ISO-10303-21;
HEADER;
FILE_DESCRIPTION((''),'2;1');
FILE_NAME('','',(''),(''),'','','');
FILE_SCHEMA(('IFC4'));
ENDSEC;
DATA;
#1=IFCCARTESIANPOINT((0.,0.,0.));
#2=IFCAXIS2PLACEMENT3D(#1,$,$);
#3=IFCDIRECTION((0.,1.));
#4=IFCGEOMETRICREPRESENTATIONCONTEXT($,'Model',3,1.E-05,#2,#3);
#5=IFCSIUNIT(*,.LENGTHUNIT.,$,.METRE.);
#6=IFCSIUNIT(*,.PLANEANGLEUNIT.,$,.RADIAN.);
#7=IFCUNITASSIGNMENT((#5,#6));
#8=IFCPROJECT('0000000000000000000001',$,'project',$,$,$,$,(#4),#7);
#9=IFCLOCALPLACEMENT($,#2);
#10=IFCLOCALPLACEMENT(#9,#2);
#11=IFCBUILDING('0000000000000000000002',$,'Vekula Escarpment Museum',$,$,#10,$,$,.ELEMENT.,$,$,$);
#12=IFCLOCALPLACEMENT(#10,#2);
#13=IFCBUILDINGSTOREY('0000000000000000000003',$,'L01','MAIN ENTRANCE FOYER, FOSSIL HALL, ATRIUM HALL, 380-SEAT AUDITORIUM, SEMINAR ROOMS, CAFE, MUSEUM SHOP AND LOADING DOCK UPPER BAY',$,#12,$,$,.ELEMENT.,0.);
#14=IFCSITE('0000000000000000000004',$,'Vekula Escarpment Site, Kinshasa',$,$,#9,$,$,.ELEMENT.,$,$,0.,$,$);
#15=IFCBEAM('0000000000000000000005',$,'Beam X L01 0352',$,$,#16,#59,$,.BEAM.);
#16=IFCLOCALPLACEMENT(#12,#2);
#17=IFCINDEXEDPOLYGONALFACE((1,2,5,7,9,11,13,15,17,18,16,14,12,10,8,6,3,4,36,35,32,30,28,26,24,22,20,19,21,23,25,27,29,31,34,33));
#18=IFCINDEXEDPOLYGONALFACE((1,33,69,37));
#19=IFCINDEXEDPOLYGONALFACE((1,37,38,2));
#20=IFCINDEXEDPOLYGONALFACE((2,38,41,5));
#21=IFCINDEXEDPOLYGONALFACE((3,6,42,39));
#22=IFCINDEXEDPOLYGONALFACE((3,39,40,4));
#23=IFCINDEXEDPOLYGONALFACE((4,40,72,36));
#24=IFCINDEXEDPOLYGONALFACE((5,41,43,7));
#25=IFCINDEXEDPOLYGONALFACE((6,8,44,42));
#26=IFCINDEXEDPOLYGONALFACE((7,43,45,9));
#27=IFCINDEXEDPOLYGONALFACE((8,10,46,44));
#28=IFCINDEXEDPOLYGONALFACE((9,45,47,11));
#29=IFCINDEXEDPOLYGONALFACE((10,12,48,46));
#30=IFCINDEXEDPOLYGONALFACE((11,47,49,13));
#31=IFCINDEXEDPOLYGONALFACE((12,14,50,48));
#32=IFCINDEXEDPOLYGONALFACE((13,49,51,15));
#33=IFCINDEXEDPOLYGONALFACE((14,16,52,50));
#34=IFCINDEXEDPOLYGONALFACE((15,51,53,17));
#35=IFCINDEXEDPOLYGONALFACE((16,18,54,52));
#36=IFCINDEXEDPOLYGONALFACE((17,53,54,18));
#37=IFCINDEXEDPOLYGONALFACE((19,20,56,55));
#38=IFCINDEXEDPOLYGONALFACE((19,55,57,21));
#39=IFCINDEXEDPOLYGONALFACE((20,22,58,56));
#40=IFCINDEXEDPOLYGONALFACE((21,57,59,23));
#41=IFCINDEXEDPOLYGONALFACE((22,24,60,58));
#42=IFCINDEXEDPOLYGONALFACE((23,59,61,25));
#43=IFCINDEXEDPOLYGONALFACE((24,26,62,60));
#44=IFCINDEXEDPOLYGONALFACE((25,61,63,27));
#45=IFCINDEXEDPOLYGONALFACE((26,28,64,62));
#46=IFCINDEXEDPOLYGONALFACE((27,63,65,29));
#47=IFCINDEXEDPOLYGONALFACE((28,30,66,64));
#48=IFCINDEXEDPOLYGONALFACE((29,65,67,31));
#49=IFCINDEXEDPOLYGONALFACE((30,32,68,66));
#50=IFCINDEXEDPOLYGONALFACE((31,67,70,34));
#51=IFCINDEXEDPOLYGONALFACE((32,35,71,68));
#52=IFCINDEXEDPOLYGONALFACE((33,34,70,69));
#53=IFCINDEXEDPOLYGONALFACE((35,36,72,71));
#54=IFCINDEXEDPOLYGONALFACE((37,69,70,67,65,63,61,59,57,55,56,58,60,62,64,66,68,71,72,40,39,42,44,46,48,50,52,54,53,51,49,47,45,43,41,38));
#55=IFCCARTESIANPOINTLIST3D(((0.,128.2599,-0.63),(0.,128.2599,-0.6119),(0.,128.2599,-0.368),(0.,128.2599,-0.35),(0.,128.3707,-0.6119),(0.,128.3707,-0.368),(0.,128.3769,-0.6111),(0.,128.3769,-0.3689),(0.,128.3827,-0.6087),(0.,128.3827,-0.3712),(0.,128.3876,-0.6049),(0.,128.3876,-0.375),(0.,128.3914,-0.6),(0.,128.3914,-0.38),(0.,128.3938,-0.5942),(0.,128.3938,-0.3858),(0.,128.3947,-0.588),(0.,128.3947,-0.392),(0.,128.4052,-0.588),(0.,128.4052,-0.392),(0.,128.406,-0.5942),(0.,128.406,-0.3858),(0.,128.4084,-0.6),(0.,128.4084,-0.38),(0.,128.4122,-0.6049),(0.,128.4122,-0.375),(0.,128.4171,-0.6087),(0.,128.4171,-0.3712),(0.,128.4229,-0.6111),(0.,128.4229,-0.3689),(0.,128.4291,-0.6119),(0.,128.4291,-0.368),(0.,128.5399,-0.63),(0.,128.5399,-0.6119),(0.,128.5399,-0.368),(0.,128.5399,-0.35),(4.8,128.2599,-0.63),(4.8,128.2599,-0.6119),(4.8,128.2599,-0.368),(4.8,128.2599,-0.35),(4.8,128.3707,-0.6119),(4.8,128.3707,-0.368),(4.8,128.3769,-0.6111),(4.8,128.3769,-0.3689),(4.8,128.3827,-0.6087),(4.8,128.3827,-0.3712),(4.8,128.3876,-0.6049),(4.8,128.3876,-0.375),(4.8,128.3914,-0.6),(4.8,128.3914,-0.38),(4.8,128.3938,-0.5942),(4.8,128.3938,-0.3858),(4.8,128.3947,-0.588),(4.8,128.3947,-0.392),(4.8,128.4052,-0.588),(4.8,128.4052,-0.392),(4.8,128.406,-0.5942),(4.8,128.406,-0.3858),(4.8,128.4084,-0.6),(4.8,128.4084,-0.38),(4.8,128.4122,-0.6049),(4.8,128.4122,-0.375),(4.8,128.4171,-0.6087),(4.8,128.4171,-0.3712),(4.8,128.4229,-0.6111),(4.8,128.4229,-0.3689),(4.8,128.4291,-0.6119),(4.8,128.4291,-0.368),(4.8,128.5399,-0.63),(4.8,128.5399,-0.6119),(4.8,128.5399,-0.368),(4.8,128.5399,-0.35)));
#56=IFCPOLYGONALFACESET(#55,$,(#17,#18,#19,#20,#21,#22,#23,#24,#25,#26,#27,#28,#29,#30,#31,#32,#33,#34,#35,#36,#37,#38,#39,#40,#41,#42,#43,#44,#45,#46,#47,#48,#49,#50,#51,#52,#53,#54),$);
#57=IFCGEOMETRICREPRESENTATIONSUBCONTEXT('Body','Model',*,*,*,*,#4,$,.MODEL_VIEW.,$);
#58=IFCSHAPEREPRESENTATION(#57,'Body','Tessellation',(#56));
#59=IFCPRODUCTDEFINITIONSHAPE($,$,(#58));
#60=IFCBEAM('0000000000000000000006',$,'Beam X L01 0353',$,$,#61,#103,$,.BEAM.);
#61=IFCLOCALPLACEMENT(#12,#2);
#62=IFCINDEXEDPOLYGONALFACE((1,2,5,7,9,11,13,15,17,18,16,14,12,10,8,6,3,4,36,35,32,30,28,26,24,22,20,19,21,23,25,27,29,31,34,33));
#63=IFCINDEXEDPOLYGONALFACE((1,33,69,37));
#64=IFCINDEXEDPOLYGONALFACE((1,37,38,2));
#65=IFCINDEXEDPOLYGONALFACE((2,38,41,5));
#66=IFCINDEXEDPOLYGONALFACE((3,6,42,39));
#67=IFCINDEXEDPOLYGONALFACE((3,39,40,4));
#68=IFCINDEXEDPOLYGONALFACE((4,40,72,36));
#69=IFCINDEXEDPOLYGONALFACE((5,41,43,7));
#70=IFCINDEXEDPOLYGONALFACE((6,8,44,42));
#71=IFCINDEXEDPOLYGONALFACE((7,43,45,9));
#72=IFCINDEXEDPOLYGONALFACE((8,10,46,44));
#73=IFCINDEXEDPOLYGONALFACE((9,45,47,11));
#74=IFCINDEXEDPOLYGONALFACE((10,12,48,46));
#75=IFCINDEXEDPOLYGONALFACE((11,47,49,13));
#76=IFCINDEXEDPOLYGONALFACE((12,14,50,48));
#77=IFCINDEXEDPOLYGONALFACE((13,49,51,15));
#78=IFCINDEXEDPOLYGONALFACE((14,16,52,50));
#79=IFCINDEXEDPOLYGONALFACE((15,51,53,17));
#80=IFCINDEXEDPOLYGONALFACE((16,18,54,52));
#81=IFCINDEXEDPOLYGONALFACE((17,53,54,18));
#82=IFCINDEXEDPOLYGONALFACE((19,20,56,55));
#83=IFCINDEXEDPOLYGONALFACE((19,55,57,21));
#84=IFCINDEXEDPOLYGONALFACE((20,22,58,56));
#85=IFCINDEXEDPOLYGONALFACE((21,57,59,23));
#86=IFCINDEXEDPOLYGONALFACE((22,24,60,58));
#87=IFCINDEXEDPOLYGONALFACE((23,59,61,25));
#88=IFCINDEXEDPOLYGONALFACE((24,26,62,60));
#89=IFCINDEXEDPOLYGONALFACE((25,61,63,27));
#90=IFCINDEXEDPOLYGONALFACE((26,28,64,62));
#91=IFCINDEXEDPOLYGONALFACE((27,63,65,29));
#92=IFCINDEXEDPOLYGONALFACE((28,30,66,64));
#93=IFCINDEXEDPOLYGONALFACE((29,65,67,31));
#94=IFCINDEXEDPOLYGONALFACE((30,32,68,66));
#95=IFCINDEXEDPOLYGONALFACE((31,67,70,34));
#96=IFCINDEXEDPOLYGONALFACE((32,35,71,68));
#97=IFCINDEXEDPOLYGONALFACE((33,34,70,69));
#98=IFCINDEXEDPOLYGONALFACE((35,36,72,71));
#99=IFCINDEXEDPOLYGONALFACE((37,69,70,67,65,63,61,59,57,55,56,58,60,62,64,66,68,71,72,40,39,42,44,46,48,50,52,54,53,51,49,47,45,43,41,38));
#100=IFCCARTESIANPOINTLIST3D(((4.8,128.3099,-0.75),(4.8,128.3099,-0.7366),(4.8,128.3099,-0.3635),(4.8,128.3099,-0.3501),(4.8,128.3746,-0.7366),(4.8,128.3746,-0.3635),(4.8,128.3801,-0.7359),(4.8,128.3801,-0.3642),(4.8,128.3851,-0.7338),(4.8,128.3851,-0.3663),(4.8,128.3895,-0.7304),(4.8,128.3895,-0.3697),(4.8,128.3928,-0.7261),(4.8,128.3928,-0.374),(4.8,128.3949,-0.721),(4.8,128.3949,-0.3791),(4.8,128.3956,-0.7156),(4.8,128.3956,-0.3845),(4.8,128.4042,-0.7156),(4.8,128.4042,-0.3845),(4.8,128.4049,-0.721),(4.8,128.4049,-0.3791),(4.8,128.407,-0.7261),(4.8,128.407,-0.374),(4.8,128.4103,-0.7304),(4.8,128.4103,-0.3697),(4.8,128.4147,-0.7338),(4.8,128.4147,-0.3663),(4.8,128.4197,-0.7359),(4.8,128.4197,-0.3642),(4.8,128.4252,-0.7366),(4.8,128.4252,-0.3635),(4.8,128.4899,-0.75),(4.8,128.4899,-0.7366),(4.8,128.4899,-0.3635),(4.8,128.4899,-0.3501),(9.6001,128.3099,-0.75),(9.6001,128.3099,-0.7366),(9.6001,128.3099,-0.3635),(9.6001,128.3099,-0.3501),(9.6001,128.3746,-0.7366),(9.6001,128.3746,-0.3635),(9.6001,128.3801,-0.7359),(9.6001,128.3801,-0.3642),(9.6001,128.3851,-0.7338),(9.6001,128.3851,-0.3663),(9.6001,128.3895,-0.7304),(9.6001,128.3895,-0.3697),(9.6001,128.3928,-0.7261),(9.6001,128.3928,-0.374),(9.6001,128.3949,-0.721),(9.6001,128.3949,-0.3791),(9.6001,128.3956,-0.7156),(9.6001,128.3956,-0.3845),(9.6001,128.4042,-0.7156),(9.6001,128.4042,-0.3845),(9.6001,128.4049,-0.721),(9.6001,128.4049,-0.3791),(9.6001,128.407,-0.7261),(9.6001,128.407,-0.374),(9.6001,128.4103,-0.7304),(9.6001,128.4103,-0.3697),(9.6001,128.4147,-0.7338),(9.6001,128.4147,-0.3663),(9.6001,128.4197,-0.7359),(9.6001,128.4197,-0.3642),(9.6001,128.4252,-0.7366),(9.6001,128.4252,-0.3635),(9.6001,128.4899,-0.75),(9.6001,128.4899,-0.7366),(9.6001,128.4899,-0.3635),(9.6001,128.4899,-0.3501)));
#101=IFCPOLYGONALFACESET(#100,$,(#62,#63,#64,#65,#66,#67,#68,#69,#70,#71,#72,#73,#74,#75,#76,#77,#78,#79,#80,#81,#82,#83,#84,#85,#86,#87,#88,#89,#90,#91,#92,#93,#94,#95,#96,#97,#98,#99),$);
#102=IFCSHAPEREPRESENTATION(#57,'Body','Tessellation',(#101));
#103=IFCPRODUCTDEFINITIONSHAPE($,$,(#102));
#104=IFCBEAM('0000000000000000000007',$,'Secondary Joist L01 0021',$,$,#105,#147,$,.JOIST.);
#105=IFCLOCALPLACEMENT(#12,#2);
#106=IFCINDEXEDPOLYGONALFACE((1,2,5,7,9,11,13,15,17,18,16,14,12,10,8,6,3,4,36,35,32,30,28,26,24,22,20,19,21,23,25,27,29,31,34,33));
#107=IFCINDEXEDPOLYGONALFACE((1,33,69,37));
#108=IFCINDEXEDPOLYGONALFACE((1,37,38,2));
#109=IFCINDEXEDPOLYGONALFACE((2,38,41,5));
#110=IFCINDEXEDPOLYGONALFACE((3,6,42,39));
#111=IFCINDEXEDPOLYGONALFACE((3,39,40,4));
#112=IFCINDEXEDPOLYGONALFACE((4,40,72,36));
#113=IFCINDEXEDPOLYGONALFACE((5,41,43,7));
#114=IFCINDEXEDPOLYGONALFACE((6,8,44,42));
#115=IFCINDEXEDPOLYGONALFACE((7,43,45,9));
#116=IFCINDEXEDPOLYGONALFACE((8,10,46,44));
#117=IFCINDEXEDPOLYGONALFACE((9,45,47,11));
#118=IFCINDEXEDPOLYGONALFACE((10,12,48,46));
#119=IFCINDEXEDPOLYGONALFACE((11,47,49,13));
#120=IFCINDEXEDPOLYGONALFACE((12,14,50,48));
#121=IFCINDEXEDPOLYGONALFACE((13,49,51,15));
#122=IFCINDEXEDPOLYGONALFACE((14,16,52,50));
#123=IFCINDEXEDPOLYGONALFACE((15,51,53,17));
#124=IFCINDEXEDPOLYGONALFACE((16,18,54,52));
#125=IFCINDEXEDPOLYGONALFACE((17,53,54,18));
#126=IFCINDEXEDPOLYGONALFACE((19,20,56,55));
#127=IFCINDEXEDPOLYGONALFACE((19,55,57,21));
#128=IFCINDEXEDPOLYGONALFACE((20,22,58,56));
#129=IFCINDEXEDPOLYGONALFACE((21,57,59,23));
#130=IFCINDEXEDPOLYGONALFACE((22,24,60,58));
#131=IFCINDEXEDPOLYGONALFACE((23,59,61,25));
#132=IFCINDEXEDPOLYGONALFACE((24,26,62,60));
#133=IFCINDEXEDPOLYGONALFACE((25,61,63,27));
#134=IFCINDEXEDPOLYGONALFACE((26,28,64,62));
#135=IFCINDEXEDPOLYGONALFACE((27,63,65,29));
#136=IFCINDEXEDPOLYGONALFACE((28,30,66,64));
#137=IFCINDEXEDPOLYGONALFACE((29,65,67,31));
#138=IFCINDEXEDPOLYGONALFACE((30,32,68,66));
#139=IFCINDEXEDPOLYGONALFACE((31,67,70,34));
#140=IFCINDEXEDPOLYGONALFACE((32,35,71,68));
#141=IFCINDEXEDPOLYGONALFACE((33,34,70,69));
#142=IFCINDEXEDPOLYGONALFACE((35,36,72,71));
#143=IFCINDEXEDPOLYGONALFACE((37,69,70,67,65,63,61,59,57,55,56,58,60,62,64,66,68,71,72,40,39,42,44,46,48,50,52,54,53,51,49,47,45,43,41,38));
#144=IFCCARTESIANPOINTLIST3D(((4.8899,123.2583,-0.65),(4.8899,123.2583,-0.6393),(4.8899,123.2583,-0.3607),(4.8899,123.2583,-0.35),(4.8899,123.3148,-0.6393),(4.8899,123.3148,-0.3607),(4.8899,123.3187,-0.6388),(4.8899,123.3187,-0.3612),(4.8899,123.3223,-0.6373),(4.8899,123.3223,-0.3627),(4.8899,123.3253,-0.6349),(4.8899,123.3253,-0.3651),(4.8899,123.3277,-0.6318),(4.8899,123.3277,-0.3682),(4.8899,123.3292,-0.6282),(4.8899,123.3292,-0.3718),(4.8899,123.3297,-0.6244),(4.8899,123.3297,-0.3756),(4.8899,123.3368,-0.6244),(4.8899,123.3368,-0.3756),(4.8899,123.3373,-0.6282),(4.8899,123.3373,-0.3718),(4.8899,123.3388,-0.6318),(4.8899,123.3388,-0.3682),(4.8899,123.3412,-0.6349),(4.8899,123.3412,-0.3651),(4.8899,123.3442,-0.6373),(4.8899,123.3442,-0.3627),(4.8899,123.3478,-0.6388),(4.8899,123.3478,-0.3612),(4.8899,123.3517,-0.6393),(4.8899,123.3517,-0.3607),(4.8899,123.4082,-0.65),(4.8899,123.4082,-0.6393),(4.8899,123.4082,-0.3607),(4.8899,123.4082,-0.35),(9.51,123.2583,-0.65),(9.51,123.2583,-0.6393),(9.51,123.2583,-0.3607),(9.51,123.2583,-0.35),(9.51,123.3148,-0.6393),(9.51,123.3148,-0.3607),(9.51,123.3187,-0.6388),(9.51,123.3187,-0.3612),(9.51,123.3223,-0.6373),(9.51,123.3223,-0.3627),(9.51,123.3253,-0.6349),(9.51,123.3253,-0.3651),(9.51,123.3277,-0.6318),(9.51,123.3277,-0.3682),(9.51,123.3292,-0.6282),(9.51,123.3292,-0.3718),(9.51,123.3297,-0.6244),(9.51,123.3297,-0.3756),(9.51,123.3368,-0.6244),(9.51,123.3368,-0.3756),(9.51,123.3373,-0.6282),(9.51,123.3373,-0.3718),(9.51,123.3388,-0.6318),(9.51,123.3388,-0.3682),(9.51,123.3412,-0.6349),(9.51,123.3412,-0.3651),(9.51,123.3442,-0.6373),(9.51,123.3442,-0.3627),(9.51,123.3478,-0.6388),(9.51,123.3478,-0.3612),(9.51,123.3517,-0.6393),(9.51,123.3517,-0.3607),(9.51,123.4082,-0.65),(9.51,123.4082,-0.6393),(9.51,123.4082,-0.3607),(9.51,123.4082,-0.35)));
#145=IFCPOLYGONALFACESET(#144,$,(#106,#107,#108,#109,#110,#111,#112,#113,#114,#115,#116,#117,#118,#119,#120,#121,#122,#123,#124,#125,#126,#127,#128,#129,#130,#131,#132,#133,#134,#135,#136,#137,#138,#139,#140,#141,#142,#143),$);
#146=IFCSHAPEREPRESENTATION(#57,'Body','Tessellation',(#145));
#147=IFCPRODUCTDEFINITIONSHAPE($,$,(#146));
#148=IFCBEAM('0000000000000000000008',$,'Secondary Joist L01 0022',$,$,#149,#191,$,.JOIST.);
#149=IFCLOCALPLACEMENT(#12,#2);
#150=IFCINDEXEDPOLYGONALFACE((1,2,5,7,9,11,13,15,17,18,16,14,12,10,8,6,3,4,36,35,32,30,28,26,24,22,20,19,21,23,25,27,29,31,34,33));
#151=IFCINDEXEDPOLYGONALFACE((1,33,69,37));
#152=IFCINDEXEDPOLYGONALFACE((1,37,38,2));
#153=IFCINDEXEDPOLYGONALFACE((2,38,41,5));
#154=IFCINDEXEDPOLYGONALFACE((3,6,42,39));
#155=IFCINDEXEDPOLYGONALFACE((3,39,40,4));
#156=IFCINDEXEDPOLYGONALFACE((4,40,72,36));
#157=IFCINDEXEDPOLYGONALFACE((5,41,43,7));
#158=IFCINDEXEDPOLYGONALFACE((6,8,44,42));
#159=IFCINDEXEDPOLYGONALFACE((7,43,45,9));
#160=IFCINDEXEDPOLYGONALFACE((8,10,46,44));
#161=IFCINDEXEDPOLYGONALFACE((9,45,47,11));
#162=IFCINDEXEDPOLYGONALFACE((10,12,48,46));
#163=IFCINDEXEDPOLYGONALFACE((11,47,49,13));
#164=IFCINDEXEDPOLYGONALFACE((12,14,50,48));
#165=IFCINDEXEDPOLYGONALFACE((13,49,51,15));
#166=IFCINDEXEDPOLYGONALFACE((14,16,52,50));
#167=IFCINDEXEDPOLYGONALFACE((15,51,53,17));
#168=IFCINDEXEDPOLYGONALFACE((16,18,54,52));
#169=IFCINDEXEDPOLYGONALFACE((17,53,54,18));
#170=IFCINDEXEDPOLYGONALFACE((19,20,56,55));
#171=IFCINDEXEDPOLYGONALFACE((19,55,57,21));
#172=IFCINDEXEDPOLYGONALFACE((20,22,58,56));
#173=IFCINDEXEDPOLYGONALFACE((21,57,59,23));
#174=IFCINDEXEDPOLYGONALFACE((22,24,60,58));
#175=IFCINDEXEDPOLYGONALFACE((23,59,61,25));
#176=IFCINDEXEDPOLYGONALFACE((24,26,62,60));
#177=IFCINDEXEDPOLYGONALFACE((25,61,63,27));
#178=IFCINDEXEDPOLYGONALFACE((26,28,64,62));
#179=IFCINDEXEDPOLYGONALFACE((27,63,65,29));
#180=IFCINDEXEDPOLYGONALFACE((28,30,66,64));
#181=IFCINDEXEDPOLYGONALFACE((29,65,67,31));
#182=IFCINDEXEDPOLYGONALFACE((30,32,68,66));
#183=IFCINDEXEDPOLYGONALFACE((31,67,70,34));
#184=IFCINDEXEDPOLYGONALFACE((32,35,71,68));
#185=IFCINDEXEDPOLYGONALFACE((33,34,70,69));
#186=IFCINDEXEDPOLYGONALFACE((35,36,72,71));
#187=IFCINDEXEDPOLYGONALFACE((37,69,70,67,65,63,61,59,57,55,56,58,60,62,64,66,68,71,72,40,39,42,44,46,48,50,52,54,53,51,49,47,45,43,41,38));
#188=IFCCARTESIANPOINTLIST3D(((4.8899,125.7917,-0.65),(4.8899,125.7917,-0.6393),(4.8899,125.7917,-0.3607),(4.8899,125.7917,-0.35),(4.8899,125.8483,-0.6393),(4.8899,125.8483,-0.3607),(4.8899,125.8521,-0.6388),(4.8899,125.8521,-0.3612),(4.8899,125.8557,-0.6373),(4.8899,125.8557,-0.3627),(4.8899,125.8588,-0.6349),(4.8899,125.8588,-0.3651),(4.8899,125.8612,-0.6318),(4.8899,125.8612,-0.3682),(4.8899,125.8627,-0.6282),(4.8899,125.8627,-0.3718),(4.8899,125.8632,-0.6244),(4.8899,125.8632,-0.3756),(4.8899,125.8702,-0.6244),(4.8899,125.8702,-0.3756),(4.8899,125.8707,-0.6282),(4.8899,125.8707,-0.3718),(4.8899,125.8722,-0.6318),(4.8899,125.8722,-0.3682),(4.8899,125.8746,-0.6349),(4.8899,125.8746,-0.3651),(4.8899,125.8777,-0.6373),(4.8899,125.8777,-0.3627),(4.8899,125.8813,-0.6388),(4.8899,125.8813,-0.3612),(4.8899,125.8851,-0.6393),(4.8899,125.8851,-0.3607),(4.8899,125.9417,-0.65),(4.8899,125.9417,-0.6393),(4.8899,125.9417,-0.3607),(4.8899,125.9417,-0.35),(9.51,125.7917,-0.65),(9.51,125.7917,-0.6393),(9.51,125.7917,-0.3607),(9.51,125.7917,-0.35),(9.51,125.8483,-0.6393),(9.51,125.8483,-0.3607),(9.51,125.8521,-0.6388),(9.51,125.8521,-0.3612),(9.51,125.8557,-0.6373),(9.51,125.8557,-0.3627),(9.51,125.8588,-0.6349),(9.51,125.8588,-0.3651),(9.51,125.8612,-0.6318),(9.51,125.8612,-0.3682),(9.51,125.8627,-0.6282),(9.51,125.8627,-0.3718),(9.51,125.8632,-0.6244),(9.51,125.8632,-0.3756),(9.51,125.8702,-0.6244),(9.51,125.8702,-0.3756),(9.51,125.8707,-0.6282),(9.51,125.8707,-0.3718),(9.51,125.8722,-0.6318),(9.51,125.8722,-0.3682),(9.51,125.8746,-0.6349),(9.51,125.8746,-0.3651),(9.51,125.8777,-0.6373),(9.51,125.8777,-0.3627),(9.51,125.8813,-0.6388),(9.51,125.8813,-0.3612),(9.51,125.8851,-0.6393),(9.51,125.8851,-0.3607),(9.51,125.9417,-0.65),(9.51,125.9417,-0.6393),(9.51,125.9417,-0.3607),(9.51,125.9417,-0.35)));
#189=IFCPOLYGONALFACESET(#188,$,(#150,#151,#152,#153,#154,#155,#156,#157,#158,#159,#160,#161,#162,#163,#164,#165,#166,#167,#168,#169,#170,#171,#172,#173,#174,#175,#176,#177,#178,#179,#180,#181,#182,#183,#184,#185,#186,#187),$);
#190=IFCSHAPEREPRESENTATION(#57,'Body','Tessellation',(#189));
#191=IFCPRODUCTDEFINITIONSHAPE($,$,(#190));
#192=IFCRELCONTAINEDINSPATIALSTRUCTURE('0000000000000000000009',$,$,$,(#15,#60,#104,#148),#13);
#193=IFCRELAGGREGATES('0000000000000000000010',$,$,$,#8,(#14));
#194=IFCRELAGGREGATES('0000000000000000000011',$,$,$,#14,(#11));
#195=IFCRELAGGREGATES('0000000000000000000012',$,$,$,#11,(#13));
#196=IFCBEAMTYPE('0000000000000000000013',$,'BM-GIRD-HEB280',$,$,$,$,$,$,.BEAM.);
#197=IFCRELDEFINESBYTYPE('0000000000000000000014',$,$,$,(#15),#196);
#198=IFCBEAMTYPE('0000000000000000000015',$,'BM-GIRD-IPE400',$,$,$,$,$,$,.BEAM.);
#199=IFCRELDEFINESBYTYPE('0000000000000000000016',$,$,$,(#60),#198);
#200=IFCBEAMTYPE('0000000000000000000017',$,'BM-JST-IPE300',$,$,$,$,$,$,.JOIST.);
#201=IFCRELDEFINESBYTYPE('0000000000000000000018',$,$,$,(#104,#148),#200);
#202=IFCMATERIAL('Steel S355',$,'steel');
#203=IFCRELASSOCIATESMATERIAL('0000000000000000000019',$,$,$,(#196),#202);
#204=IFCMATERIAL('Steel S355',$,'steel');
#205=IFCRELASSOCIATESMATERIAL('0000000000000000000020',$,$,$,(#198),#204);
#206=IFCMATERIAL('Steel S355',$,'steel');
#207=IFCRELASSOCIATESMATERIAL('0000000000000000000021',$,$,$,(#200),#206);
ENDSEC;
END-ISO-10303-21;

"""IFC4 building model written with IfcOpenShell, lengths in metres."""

from ifc_helpers import new_model, si_unit, direction, frame, origin, origin_2d, place, context, subcontext, project, spatial, i_section, extrude, material, material_profile, profile_set, type_object, element, save


model = new_model("IFC4")

# Units and contexts
model_context = context("Model", 3, precision=1e-05, world=origin(), true_north=direction((0.0, 1.0)))
body_context = subcontext(model_context, "Body", "Model", "MODEL_VIEW")
ifc_project = project(units=[si_unit("LENGTHUNIT", "METRE"), si_unit("PLANEANGLEUNIT", "RADIAN")], contexts=[model_context])

# Site, building, storey
site_placement = place(None, origin())
site = spatial("IfcSite", under=ifc_project, at=site_placement, Name="Vekula Escarpment Site, Kinshasa", CompositionType="ELEMENT", RefElevation=0.0)
building_placement = place(site_placement, origin())
building = spatial("IfcBuilding", under=site, at=building_placement, Name="Vekula Escarpment Museum", CompositionType="ELEMENT")
storey_placement = place(building_placement, origin())
storey = spatial("IfcBuildingStorey", under=building, at=storey_placement, Name="L01", Description="MAIN ENTRANCE FOYER, FOSSIL HALL, ATRIUM HALL, 380-SEAT AUDITORIUM, SEMINAR ROOMS, CAFE, MUSEUM SHOP AND LOADING DOCK UPPER BAY", CompositionType="ELEMENT", Elevation=0.0)

# Beams
ifc_material_1 = material(Name="Steel S355", Category="steel")
ifc_material_profile_1 = material_profile(ifc_material_1, i_section(OverallWidth=0.28, OverallDepth=0.28, WebThickness=0.0105, FlangeThickness=0.0181, FilletRadius=0.0239, at=origin_2d()), Name="HEB 280")
ifc_profile_set_1 = profile_set([ifc_material_profile_1], Name="Steel S355")
beam_type_1 = type_object("IfcBeamType", Name="BM-GIRD-HEB280", PredefinedType="BEAM", material=ifc_profile_set_1)
beam_1_placement = place(storey_placement, frame((0.0, 128.3999, -0.49), z_axis=(1.0, 0.0, 0.0), x_axis=(0.0, 1.0, 0.0)))
element("IfcBeam", 1, at=beam_1_placement, inside=storey, type_object=beam_type_1, Name="Beam X L01 0352", PredefinedType="BEAM", context=body_context, shape_type="SweptSolid", body=[
    extrude(i_section(OverallWidth=0.28, OverallDepth=0.28, WebThickness=0.0105, FlangeThickness=0.0181, FilletRadius=0.0239, at=origin_2d()), origin(), (0.0, 0.0, 1.0), 4.8),
])
ifc_material_2 = material(Name="Steel S355", Category="steel")
ifc_material_profile_2 = material_profile(ifc_material_2, i_section(OverallWidth=0.1799, OverallDepth=0.3999, WebThickness=0.0085, FlangeThickness=0.0134, FilletRadius=0.021, at=origin_2d()), Name="IPE 400")
ifc_profile_set_2 = profile_set([ifc_material_profile_2], Name="Steel S355")
beam_type_2 = type_object("IfcBeamType", Name="BM-GIRD-IPE400", PredefinedType="BEAM", material=ifc_profile_set_2)
beam_2_placement = place(storey_placement, frame((4.8, 128.3999, -0.55), z_axis=(1.0, 0.0, 0.0), x_axis=(0.0, 1.0, 0.0)))
element("IfcBeam", 2, at=beam_2_placement, inside=storey, type_object=beam_type_2, Name="Beam X L01 0353", PredefinedType="BEAM", context=body_context, shape_type="SweptSolid", body=[
    extrude(i_section(OverallWidth=0.1799, OverallDepth=0.3999, WebThickness=0.0085, FlangeThickness=0.0134, FilletRadius=0.021, at=origin_2d()), origin(), (0.0, 0.0, 1.0), 4.8),
])
ifc_material_3 = material(Name="Steel S355", Category="steel")
ifc_material_profile_3 = material_profile(ifc_material_3, i_section(OverallWidth=0.1499, OverallDepth=0.3, WebThickness=0.0071, FlangeThickness=0.0107, FilletRadius=0.0149, at=origin_2d()), Name="IPE 300")
ifc_profile_set_3 = profile_set([ifc_material_profile_3], Name="Steel S355")
beam_type_3 = type_object("IfcBeamType", Name="BM-JST-IPE300", PredefinedType="JOIST", material=ifc_profile_set_3)
for number, where, z_axis, x_axis, name in (
    (3, (4.8899, 123.3333, -0.5), (1.0, 0.0, 0.0), (0.0, 1.0, 0.0), "Secondary Joist L01 0021"),
    (4, (4.8899, 125.8667, -0.5), (1.0, 0.0, 0.0), (0.0, 1.0, 0.0), "Secondary Joist L01 0022"),
):
    element("IfcBeam", number, at=place(storey_placement, frame(where, z_axis=z_axis, x_axis=x_axis)), inside=storey, type_object=beam_type_3, Name=name, PredefinedType="JOIST", context=body_context, shape_type="SweptSolid", body=[
        extrude(i_section(OverallWidth=0.1499, OverallDepth=0.3, WebThickness=0.0071, FlangeThickness=0.0107, FilletRadius=0.0149, at=origin_2d()), origin(), (0.0, 0.0, 1.0), 4.6201),
    ])

save(model, "model.ifc")
